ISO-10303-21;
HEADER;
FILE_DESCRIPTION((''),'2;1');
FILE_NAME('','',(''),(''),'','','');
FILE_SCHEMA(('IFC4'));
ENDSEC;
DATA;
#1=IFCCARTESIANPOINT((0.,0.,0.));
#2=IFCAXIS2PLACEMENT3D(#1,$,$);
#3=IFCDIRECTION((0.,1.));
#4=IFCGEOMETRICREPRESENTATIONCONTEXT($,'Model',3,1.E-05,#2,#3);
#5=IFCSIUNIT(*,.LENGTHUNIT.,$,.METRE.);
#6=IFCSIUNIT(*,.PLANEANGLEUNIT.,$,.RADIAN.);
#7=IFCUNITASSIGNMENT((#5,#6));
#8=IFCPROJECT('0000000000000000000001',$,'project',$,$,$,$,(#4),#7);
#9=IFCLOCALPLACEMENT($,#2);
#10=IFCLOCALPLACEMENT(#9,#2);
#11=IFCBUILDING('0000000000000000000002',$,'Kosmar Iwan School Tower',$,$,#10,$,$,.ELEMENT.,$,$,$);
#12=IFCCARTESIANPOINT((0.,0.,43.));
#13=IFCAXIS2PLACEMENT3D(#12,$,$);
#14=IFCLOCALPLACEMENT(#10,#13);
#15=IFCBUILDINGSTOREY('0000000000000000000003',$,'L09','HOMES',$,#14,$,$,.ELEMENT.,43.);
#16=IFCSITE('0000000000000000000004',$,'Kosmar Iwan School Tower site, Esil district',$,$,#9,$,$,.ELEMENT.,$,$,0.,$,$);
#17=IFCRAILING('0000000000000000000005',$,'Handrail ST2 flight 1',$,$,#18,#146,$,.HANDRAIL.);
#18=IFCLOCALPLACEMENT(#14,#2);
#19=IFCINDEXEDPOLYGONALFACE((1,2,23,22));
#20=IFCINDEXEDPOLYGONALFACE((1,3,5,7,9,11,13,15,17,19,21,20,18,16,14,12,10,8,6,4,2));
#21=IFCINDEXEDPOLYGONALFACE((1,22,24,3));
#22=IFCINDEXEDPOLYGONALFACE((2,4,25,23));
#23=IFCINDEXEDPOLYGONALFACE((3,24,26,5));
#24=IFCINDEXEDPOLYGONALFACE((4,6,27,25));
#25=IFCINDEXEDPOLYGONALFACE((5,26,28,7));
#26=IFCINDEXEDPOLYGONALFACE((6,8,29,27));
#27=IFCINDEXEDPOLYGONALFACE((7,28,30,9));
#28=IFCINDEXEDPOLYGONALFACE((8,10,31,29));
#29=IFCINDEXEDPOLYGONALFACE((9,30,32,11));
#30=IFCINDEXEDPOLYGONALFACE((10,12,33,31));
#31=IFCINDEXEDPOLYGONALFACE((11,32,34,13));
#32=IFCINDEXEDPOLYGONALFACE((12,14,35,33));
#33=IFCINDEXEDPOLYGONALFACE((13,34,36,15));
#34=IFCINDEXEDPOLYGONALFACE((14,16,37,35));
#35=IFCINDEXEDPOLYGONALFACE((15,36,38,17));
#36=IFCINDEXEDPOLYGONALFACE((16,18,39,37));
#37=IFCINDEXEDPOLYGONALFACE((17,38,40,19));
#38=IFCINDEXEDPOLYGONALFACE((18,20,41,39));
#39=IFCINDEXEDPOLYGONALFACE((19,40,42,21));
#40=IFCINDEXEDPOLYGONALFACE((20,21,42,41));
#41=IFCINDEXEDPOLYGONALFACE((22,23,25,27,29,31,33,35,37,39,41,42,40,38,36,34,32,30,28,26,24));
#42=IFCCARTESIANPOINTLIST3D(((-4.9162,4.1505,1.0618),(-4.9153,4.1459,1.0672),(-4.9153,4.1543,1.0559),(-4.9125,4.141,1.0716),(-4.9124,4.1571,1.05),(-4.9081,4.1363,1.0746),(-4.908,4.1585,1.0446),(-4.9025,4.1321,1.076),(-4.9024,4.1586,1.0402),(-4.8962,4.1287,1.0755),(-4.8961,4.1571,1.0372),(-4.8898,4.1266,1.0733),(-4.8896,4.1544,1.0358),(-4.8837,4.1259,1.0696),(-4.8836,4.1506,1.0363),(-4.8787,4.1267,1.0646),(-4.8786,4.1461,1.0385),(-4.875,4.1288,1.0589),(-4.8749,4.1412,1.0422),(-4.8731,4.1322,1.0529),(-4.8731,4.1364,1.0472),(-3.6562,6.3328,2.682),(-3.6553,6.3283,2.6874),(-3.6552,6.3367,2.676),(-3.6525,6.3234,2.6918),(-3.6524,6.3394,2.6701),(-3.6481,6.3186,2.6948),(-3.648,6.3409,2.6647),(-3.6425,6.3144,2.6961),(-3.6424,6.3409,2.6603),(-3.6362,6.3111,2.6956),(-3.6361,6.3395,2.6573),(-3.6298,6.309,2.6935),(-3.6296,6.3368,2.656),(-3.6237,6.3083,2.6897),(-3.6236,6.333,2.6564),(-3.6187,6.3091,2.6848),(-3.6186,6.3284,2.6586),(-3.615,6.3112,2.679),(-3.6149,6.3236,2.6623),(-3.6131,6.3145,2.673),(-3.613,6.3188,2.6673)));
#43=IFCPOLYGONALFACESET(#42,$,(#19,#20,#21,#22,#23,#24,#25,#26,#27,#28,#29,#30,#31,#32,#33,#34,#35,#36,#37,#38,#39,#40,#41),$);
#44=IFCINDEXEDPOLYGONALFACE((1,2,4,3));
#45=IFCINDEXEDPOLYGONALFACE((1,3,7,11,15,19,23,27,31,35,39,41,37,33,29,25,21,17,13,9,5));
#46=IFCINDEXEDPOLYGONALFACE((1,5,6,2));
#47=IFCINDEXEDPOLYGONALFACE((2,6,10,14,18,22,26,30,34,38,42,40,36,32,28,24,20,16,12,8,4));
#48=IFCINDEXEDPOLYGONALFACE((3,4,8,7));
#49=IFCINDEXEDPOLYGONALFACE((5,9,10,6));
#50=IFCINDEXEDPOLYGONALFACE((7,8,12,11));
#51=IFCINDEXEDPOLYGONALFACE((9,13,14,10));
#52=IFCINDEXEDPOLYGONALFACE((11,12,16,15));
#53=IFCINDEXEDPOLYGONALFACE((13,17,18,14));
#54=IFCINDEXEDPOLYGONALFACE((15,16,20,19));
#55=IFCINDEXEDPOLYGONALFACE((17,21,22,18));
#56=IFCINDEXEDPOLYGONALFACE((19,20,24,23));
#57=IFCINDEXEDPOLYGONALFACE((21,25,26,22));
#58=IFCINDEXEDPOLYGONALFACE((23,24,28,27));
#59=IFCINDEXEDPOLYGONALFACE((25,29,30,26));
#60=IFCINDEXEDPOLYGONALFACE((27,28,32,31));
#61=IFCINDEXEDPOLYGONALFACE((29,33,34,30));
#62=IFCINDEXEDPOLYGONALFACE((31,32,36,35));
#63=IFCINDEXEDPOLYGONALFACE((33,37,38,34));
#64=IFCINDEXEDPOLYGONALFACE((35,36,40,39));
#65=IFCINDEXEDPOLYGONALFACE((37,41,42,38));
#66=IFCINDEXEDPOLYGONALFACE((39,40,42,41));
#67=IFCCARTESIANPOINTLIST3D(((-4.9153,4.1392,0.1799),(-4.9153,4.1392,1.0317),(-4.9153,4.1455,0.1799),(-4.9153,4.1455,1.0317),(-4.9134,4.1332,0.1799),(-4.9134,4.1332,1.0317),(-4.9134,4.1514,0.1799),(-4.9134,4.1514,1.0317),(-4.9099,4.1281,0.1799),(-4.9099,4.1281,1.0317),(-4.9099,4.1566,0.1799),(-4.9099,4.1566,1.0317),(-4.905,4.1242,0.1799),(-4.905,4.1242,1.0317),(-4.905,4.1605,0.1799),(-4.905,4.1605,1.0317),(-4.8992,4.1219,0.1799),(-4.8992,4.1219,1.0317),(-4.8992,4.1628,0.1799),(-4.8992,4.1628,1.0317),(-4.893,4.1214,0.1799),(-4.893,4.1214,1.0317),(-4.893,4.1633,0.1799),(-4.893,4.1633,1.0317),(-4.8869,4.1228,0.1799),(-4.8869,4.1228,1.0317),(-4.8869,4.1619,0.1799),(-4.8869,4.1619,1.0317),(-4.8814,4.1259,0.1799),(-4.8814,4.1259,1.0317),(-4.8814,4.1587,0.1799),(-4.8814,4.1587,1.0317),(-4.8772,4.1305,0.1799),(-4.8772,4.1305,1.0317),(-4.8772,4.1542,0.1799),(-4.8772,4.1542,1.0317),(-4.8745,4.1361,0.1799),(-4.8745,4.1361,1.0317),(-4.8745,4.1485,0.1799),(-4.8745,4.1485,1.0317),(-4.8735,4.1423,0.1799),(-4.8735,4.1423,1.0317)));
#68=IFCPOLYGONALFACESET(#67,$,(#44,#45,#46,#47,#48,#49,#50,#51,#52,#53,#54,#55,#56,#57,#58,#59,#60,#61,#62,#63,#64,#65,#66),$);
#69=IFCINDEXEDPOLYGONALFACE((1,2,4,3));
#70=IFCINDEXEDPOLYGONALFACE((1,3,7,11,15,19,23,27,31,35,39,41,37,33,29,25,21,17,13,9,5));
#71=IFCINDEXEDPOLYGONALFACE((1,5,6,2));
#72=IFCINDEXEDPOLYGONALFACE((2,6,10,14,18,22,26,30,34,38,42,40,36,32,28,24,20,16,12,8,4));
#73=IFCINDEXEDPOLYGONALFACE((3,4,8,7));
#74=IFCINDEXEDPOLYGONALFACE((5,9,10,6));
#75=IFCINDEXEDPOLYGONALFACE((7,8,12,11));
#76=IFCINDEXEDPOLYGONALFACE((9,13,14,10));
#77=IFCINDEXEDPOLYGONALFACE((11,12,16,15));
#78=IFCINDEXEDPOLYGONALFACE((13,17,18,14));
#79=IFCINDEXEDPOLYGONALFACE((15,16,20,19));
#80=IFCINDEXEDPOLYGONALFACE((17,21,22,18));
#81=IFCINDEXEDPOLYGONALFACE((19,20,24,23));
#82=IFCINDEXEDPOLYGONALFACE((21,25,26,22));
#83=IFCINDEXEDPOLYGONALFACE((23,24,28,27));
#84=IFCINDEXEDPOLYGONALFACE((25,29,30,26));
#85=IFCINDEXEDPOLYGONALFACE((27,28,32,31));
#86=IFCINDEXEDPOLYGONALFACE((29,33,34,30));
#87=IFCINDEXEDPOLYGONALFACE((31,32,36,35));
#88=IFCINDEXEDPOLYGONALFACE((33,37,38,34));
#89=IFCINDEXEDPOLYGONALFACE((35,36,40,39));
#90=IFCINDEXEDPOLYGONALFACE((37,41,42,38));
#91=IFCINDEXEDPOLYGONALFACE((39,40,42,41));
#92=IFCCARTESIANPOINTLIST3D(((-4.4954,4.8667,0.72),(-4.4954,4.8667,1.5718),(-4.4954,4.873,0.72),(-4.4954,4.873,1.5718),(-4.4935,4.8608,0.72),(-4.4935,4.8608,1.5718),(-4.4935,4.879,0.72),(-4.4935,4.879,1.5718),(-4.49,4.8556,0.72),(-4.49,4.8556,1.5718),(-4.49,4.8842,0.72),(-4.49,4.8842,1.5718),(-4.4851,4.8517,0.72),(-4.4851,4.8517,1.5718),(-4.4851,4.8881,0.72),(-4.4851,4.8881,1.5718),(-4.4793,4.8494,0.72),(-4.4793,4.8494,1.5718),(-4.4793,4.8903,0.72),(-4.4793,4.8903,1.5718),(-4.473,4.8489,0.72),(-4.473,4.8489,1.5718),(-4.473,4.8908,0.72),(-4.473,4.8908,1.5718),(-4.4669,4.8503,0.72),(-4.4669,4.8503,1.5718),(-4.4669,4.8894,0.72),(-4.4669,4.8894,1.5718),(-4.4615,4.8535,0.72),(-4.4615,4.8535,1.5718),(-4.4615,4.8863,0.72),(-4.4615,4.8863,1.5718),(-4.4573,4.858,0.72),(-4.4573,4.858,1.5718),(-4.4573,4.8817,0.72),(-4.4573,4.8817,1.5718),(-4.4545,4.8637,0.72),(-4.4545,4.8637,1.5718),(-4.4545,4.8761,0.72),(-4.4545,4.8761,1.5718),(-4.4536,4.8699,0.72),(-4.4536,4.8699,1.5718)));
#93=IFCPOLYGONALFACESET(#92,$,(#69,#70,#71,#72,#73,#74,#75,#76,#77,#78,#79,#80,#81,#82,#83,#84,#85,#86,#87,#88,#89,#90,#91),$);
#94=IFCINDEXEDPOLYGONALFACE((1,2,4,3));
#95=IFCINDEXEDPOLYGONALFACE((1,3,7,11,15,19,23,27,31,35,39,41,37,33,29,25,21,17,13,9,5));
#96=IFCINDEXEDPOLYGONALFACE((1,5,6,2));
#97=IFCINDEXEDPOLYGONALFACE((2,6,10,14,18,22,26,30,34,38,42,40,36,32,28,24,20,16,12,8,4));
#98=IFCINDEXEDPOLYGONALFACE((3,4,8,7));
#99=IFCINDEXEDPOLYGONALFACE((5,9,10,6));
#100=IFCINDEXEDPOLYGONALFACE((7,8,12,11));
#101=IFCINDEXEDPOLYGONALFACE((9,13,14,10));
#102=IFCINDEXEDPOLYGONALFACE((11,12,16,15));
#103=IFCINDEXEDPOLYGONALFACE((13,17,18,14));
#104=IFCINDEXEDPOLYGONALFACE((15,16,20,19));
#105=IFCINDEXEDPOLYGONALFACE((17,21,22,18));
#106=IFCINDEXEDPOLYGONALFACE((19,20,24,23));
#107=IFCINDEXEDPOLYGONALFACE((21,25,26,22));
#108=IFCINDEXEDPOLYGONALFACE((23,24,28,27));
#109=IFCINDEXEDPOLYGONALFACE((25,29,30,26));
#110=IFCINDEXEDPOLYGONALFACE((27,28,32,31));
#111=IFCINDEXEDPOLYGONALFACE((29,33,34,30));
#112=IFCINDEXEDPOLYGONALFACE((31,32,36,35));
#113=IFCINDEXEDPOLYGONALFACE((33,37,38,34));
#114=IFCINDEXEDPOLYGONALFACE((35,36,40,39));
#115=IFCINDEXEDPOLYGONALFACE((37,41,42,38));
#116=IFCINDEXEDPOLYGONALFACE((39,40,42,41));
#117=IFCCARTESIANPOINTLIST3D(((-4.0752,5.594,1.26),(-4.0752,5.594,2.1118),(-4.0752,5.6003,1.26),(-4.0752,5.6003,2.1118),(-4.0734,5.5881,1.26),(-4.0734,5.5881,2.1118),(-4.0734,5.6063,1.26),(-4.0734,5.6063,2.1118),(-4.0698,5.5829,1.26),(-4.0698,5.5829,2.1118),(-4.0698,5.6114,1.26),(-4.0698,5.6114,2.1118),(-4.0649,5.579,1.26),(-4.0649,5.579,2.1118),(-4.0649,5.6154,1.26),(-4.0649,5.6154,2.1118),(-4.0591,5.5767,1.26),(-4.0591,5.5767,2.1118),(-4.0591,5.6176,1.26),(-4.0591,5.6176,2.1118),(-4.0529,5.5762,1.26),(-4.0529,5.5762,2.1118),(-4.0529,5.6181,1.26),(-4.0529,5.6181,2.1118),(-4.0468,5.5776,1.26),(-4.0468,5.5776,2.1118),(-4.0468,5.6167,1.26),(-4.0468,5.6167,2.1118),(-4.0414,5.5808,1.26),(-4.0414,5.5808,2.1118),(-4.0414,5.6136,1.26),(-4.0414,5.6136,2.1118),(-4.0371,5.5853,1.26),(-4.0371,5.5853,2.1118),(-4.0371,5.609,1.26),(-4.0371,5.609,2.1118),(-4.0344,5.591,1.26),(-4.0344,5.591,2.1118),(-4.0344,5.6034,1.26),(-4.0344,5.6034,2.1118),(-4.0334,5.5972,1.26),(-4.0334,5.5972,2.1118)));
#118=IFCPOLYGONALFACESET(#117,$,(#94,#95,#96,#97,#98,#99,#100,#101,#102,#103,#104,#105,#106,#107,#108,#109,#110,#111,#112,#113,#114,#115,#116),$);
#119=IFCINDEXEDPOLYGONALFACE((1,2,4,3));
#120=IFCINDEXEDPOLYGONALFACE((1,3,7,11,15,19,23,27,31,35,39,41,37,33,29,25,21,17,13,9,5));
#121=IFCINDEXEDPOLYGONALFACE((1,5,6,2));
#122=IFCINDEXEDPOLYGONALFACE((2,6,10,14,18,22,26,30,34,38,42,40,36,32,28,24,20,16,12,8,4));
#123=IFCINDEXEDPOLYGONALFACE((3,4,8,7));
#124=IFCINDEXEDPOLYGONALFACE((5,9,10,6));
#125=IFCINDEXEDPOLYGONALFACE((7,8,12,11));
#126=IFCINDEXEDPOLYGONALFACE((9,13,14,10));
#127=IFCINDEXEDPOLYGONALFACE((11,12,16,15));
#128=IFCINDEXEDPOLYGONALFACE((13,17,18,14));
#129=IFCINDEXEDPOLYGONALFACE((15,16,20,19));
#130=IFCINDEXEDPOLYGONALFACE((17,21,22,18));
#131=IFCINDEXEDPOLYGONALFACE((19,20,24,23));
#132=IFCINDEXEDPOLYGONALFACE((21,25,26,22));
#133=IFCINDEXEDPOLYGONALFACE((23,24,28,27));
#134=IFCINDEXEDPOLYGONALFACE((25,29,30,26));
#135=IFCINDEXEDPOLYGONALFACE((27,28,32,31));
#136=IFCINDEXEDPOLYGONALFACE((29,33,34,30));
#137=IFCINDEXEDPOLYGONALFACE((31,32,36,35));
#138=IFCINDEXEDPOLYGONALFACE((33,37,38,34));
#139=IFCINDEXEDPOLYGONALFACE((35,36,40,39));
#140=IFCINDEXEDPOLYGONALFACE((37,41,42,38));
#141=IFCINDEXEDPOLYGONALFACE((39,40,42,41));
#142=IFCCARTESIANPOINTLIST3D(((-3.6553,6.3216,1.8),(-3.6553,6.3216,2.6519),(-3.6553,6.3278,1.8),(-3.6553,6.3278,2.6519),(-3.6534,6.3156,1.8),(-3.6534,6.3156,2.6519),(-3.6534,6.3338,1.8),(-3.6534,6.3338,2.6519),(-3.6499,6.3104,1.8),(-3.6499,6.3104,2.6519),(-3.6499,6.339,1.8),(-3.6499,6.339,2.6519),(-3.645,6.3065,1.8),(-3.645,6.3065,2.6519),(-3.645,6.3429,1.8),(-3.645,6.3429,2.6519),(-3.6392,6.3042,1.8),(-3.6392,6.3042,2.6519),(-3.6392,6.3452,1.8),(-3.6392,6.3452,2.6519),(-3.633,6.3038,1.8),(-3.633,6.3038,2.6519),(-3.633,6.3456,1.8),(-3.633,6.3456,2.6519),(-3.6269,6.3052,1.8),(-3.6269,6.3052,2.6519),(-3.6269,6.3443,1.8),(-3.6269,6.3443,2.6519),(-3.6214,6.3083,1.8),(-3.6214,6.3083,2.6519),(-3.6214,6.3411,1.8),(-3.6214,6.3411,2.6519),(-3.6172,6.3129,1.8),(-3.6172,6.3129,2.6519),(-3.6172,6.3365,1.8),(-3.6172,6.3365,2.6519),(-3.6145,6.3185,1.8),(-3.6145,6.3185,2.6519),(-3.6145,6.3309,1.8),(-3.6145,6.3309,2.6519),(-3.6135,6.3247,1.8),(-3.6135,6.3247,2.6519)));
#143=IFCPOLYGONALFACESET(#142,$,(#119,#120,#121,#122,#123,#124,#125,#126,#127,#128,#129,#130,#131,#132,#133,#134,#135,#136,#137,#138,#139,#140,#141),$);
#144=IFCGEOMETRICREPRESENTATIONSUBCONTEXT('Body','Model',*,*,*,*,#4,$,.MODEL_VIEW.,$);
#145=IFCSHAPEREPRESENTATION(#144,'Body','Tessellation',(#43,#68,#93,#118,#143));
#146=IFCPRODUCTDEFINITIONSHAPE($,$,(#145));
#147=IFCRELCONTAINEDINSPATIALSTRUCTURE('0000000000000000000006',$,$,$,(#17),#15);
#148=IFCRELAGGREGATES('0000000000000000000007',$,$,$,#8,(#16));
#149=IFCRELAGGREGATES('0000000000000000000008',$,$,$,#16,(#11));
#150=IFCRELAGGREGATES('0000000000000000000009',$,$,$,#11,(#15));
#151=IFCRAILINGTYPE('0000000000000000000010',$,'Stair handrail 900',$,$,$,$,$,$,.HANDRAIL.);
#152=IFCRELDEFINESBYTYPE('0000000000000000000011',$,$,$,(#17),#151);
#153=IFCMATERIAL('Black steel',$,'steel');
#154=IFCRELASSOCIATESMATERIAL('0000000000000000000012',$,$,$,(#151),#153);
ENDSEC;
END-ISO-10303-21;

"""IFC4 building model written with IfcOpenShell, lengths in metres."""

from ifc_helpers import new_model, si_unit, direction, frame, origin, origin_2d, place, context, subcontext, project, spatial, circle, extrude, material, type_object, element, save


model = new_model("IFC4")

# Units and contexts
model_context = context("Model", 3, precision=1e-05, world=origin(), true_north=direction((0.0, 1.0)))
body_context = subcontext(model_context, "Body", "Model", "MODEL_VIEW")
ifc_project = project(units=[si_unit("LENGTHUNIT", "METRE"), si_unit("PLANEANGLEUNIT", "RADIAN")], contexts=[model_context])

# Site, building, storey
site_placement = place(None, origin())
site = spatial("IfcSite", under=ifc_project, at=site_placement, Name="Kosmar Iwan School Tower site, Esil district", CompositionType="ELEMENT", RefElevation=0.0)
building_placement = place(site_placement, origin())
building = spatial("IfcBuilding", under=site, at=building_placement, Name="Kosmar Iwan School Tower", CompositionType="ELEMENT")
storey_placement = place(building_placement, frame((0.0, 0.0, 43.0)))
storey = spatial("IfcBuildingStorey", under=building, at=storey_placement, Name="L09", Description="HOMES", CompositionType="ELEMENT", Elevation=43.0)

# Railing
ifc_material_1 = material(Name="Black steel", Category="steel")
railing_type = type_object("IfcRailingType", Name="Stair handrail 900", PredefinedType="HANDRAIL", material=ifc_material_1)
railing_placement = place(storey_placement, frame((-4.8945, 4.1423, 0.1799)))
element("IfcRailing", 1, at=railing_placement, inside=storey, type_object=railing_type, Name="Handrail ST2 flight 1", PredefinedType="HANDRAIL", context=body_context, shape_type="SweptSolid", body=[
    extrude(circle(Radius=0.0239, at=origin_2d()), frame((0.0, 0.0, 0.876), z_axis=(0.420584, 0.728464, 0.540786), x_axis=(-0.866023, 0.500005, 0.0)), (0.0, 0.0, 1.0), 2.9958),
    extrude(circle(Radius=0.021, at=origin_2d()), origin(), (0.0, 0.0, 1.0), 0.8518),
    extrude(circle(Radius=0.021, at=origin_2d()), frame((0.4199, 0.7275, 0.54)), (0.0, 0.0, 1.0), 0.8518),
    extrude(circle(Radius=0.021, at=origin_2d()), frame((0.8401, 1.4548, 1.0801)), (0.0, 0.0, 1.0), 0.8518),
    extrude(circle(Radius=0.021, at=origin_2d()), frame((1.26, 2.1824, 1.6201)), (0.0, 0.0, 1.0), 0.8518),
])

save(model, "model.ifc")
